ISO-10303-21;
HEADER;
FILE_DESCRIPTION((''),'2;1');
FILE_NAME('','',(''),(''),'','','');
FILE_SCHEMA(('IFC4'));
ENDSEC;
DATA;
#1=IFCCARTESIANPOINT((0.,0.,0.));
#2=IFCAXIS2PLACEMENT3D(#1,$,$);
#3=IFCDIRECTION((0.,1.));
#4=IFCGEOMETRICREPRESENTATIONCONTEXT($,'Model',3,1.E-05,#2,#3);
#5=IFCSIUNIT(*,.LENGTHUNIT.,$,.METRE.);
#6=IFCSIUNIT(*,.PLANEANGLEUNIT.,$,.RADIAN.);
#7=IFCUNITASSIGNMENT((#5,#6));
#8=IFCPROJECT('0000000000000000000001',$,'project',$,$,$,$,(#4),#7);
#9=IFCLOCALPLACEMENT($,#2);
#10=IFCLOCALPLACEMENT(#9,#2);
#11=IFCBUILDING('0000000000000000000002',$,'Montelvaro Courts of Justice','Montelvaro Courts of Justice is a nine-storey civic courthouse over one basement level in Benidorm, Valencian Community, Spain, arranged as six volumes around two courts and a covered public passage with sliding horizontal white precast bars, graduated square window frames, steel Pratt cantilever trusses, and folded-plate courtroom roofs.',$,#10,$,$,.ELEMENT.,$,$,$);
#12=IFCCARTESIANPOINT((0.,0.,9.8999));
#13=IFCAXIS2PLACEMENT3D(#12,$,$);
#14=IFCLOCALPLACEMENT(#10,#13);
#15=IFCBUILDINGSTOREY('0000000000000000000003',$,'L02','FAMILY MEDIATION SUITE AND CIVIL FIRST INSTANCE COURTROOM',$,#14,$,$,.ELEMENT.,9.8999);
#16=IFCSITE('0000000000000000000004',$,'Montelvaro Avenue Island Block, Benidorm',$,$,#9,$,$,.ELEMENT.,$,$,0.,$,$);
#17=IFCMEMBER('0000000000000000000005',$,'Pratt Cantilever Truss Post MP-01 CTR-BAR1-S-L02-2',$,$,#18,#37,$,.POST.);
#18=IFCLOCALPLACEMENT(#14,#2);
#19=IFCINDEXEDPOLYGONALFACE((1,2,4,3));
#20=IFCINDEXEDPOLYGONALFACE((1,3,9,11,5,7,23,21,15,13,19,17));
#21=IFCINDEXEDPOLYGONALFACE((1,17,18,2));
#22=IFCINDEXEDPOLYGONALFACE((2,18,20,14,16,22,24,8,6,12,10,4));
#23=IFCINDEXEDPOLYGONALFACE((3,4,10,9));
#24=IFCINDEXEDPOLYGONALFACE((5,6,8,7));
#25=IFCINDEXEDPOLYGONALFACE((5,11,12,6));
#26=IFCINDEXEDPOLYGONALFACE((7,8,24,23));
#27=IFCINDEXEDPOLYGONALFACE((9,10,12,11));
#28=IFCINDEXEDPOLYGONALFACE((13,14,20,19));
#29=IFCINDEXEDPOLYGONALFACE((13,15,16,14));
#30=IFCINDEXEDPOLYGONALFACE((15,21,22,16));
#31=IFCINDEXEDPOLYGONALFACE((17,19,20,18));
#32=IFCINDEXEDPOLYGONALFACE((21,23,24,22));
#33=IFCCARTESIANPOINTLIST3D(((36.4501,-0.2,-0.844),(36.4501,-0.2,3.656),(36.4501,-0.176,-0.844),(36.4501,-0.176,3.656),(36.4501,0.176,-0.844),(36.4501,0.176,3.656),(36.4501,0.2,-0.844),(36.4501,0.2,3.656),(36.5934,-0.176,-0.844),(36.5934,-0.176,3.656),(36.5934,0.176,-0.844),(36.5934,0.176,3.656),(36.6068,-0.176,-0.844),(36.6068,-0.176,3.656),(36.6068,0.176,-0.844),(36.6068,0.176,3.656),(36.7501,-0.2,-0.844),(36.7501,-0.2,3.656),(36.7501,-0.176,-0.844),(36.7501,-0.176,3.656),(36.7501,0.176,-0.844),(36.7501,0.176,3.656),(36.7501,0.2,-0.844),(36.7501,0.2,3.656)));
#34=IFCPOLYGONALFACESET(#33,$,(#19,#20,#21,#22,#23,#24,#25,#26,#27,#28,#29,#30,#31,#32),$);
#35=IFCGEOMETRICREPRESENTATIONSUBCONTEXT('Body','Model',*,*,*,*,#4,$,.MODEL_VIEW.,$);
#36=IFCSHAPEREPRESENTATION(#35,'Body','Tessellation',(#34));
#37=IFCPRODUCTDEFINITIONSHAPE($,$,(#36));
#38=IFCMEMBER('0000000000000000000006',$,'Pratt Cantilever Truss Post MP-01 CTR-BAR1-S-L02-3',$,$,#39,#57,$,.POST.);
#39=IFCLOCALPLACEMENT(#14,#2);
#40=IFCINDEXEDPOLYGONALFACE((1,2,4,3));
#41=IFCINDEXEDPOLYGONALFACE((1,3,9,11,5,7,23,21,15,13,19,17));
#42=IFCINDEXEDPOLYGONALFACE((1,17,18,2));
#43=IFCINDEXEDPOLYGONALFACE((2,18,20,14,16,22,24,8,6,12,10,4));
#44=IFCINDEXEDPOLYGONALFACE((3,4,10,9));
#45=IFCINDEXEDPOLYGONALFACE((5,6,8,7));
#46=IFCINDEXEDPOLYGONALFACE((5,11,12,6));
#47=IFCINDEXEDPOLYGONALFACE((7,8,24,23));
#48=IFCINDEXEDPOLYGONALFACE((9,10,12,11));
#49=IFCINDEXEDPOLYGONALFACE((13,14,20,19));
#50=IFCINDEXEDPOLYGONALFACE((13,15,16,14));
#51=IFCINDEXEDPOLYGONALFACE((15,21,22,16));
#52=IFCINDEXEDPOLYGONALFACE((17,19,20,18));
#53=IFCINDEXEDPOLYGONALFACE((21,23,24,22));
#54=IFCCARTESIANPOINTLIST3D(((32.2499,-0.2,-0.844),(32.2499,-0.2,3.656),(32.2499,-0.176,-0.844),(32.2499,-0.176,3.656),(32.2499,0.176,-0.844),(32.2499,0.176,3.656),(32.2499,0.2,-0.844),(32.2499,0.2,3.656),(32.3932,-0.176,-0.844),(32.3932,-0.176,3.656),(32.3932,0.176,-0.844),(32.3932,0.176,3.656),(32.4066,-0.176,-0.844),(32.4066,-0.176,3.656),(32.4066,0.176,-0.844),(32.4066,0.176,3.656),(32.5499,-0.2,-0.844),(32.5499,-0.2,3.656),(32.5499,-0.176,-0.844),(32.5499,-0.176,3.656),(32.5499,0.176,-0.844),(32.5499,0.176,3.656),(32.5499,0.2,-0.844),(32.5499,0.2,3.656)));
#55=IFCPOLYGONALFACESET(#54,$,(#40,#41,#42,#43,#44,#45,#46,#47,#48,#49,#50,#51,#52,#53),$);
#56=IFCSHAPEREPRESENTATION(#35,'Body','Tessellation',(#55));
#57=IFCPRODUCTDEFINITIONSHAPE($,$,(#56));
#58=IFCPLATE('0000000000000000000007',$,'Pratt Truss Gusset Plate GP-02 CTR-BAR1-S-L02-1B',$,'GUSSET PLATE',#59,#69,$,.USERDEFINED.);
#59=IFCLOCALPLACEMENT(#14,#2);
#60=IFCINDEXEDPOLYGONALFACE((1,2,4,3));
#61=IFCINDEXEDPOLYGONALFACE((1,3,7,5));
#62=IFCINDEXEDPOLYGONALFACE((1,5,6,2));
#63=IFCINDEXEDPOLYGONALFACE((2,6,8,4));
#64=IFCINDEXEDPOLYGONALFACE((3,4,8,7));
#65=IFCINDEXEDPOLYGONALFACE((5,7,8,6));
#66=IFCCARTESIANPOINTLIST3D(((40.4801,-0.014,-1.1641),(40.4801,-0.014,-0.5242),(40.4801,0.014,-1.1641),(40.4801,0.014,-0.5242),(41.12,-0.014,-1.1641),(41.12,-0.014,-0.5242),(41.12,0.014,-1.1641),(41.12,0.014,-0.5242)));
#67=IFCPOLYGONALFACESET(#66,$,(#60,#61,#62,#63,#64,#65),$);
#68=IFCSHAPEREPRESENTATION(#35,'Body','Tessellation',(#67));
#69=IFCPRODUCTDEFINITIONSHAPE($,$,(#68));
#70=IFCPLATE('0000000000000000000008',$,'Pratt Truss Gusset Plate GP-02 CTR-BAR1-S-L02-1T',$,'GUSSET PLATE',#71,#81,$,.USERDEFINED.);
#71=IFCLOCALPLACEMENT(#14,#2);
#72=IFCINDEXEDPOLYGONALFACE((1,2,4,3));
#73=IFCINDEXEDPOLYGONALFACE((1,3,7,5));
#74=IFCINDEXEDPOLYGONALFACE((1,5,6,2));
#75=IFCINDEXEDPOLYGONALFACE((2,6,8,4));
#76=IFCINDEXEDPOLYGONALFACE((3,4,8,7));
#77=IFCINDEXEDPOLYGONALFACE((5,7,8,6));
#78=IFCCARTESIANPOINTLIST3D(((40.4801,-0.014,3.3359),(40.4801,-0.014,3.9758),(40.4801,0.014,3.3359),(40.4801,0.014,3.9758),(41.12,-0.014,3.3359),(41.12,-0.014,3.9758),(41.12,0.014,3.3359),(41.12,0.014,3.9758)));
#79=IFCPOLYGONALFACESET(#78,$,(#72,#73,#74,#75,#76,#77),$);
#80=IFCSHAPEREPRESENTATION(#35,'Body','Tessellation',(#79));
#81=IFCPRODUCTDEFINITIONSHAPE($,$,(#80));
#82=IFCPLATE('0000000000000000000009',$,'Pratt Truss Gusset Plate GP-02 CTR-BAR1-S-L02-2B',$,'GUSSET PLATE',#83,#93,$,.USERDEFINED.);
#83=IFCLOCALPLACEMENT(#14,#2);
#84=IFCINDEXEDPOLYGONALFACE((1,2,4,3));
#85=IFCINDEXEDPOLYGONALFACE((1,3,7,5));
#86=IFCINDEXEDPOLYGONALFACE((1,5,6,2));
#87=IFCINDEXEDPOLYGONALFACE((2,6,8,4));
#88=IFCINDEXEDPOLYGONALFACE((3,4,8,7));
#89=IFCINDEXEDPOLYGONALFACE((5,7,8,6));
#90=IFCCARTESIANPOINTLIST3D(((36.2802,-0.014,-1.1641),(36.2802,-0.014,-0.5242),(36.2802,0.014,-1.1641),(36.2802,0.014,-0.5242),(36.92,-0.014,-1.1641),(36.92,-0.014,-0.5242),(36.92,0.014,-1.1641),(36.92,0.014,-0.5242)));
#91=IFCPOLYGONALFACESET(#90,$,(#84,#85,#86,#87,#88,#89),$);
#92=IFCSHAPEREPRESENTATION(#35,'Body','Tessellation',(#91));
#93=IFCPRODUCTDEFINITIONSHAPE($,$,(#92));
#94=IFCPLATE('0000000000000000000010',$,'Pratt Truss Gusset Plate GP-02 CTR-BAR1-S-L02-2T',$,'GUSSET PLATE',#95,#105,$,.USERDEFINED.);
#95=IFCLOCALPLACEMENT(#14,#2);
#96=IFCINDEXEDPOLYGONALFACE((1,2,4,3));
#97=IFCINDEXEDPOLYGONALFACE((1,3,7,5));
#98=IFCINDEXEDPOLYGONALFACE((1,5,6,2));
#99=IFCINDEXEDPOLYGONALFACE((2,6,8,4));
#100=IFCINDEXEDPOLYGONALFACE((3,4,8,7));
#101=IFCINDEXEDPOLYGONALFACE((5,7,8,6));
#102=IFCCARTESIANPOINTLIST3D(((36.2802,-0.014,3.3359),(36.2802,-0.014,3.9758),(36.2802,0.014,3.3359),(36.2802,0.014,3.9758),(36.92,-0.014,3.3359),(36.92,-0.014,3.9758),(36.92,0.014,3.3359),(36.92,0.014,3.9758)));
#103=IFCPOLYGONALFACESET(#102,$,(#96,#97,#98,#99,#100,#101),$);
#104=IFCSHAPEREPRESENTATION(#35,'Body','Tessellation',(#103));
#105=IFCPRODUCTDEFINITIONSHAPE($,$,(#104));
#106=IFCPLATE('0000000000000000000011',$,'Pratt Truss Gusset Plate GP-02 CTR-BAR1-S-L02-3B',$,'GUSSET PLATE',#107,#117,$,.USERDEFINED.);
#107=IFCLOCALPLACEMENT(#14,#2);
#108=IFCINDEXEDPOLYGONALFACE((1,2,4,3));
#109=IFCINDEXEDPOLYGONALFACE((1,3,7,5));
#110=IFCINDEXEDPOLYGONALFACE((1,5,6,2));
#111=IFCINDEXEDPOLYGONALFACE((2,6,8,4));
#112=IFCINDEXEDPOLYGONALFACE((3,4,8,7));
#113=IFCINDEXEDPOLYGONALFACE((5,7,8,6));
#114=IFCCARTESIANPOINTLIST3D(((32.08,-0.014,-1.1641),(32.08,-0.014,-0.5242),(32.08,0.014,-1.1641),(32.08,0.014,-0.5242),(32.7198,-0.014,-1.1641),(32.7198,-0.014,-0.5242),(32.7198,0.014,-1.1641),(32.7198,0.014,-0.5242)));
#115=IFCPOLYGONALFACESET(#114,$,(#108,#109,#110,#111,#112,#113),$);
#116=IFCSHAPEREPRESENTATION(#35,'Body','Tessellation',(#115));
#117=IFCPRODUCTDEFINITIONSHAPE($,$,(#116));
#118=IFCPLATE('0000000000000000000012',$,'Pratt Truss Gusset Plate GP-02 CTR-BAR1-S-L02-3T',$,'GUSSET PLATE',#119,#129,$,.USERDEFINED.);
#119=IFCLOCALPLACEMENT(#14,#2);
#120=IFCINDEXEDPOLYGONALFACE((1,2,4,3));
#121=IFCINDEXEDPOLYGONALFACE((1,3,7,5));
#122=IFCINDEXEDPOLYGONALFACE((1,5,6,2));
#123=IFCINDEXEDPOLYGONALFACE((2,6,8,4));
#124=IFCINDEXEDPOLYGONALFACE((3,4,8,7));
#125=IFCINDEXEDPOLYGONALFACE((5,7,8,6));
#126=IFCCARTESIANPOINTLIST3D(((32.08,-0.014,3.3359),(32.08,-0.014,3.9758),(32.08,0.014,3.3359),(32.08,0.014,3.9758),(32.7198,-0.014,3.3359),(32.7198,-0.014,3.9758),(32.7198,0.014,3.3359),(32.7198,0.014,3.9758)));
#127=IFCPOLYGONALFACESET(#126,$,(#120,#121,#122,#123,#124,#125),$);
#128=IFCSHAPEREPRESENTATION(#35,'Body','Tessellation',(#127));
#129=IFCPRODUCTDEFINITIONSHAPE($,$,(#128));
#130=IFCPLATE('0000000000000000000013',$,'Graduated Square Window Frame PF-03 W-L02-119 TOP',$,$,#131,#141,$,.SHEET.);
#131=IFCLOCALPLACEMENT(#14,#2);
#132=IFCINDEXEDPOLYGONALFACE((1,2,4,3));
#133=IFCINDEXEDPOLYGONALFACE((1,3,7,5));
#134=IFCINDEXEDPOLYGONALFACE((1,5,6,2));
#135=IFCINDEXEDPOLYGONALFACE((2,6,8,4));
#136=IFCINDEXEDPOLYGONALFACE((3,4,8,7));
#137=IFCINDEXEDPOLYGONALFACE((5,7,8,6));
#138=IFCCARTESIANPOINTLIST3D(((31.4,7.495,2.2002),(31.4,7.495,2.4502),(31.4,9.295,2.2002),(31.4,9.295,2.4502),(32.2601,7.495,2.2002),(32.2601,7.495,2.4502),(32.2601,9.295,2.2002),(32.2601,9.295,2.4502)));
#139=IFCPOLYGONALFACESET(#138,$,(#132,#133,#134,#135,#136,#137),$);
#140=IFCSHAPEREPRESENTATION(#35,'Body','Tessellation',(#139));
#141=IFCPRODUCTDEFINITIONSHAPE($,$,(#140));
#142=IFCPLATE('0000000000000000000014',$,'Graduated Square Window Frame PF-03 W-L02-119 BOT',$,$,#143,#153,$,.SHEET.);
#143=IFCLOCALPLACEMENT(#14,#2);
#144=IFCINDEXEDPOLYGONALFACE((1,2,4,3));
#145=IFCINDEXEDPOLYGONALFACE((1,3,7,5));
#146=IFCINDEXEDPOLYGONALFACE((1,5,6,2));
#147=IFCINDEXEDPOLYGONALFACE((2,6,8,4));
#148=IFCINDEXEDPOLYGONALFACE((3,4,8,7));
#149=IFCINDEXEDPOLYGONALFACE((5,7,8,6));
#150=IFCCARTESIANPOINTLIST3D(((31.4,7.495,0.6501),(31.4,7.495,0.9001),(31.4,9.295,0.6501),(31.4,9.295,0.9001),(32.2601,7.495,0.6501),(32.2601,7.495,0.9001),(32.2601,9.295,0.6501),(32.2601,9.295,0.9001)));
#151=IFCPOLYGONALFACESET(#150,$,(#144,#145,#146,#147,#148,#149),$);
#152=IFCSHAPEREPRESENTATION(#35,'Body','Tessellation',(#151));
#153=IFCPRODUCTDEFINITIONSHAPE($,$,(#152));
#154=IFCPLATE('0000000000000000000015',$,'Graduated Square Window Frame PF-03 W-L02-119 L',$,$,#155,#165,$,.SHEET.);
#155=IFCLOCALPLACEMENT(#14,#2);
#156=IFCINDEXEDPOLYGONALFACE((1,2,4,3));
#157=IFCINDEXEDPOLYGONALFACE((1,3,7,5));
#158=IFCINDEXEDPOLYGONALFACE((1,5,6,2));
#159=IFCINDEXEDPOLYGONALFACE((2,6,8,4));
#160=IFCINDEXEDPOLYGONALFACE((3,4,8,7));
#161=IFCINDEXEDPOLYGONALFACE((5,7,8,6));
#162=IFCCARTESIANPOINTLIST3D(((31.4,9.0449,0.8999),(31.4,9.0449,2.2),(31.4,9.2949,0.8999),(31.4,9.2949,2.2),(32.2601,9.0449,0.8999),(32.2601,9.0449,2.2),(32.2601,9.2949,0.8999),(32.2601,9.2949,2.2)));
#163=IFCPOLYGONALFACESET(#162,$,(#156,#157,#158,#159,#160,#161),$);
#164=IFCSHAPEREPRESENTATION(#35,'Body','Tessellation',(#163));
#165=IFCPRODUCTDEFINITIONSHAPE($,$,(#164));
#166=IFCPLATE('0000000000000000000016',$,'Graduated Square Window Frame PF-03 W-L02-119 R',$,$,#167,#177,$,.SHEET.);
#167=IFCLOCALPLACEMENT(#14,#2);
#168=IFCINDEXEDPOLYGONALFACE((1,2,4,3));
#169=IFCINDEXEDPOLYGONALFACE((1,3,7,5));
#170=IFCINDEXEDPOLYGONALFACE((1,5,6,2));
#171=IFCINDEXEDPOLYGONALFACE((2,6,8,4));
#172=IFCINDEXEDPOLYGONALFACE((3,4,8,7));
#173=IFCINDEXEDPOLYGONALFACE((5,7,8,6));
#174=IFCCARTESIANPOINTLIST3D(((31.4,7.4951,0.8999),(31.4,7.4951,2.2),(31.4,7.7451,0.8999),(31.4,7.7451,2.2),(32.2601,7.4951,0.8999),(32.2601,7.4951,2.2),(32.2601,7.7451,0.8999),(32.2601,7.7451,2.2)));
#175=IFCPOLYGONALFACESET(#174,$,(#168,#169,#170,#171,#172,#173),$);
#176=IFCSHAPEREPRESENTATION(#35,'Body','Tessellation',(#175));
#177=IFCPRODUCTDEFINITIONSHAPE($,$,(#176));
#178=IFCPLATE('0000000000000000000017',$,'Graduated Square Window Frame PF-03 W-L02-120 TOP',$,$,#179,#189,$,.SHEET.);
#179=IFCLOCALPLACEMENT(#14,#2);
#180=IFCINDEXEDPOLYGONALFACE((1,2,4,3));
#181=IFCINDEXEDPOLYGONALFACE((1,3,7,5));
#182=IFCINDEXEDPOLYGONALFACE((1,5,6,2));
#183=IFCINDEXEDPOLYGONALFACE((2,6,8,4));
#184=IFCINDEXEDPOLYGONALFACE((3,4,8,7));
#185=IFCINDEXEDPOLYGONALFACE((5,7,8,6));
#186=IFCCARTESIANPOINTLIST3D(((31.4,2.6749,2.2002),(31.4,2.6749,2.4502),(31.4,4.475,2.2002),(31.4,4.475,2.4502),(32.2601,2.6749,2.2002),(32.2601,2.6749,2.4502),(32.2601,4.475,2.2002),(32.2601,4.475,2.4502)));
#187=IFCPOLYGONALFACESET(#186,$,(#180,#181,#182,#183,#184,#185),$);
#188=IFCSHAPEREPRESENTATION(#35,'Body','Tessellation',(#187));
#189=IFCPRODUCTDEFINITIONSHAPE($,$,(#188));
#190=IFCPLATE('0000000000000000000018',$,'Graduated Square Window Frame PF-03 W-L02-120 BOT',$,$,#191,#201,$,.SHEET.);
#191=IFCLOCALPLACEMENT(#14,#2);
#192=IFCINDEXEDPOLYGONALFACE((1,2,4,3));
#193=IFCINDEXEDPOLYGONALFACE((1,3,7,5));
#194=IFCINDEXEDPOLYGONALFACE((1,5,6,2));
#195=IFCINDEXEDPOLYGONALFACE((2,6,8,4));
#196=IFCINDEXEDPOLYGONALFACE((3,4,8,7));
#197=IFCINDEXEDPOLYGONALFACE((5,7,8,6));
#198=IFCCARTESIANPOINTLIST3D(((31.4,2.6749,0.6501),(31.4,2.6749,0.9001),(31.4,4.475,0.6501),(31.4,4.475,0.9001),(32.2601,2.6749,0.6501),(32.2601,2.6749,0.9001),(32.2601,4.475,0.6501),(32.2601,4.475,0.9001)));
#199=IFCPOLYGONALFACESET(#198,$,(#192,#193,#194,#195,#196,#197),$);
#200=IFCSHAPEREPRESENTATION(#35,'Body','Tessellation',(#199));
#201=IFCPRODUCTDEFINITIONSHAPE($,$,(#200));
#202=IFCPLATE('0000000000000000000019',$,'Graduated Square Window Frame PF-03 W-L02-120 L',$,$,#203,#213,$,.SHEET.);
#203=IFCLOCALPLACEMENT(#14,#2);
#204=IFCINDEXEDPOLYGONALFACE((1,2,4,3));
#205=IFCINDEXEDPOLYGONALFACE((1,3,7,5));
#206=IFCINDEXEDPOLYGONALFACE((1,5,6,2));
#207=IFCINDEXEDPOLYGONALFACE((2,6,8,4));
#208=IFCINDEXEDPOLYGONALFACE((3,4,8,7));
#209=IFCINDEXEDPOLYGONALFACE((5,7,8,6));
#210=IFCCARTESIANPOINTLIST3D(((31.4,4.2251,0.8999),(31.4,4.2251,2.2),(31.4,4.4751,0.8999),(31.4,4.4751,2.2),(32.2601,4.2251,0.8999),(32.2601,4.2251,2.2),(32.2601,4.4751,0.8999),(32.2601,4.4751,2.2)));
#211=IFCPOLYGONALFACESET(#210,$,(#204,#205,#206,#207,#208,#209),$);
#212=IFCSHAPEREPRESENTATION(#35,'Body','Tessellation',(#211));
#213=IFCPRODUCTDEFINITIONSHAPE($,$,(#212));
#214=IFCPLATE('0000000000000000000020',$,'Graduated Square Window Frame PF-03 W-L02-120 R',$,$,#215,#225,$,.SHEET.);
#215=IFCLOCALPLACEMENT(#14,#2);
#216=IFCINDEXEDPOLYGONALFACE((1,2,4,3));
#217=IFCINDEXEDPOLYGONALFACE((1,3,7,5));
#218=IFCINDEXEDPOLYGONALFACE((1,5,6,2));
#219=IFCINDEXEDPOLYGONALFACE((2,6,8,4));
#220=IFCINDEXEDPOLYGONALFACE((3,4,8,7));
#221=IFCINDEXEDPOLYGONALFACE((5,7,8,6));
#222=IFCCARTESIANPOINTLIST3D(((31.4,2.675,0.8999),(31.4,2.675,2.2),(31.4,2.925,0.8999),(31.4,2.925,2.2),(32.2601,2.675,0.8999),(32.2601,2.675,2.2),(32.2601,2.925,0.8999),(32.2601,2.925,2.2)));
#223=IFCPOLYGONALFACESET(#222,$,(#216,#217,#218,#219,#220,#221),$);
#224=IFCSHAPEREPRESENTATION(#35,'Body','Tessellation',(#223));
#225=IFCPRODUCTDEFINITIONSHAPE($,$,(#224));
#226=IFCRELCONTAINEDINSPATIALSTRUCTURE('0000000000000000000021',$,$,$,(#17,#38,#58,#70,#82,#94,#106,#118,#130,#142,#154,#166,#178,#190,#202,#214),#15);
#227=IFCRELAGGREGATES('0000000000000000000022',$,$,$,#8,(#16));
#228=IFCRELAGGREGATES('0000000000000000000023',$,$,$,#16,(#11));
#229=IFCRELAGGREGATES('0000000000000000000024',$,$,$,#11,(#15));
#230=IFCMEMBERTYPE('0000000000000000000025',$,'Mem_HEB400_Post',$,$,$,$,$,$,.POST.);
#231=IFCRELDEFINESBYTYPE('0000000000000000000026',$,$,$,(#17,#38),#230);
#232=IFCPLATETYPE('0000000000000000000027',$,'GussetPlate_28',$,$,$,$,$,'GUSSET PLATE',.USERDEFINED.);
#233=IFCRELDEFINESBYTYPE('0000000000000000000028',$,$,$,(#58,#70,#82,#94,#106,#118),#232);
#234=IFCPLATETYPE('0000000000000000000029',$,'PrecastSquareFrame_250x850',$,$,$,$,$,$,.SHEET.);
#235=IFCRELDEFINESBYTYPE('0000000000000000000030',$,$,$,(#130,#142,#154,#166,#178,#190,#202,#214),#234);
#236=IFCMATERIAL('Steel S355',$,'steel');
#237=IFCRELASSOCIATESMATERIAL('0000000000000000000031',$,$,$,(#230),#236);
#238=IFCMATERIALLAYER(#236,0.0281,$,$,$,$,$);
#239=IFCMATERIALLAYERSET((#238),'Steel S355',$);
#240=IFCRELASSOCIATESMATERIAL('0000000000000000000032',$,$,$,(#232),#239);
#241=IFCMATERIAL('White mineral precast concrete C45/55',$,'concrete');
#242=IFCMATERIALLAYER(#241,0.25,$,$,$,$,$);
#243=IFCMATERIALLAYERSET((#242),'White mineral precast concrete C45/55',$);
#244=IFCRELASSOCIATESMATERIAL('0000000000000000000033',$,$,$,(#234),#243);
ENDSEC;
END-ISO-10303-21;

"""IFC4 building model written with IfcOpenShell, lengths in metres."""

from ifc_helpers import new_model, si_unit, direction, frame, origin, origin_2d, place, context, subcontext, project, spatial, rectangle, i_section, extrude, material, layer, layer_set, material_profile, profile_set, type_object, element, save


model = new_model("IFC4")

# Units and contexts
model_context = context("Model", 3, precision=1e-05, world=origin(), true_north=direction((0.0, 1.0)))
body_context = subcontext(model_context, "Body", "Model", "MODEL_VIEW")
ifc_project = project(units=[si_unit("LENGTHUNIT", "METRE"), si_unit("PLANEANGLEUNIT", "RADIAN")], contexts=[model_context])

# Site, building, storey
site_placement = place(None, origin())
site = spatial("IfcSite", under=ifc_project, at=site_placement, Name="Montelvaro Avenue Island Block, Benidorm", CompositionType="ELEMENT", RefElevation=0.0)
building_placement = place(site_placement, origin())
building = spatial("IfcBuilding", under=site, at=building_placement, Name="Montelvaro Courts of Justice", Description="Montelvaro Courts of Justice is a nine-storey civic courthouse over one basement level in Benidorm, Valencian Community, Spain, arranged as six volumes around two courts and a covered public passage with sliding horizontal white precast bars, graduated square window frames, steel Pratt cantilever trusses, and folded-plate courtroom roofs.", CompositionType="ELEMENT")
storey_placement = place(building_placement, frame((0.0, 0.0, 9.8999)))
storey = spatial("IfcBuildingStorey", under=building, at=storey_placement, Name="L02", Description="FAMILY MEDIATION SUITE AND CIVIL FIRST INSTANCE COURTROOM", CompositionType="ELEMENT", Elevation=9.8999)

# Shared definitions
ifc_material_1 = material(Name="Steel S355", Category="steel")

# Members
ifc_material_profile_1 = material_profile(ifc_material_1, i_section(OverallWidth=0.3, OverallDepth=0.3999, WebThickness=0.0134, FlangeThickness=0.0239, at=origin_2d()), Name="HEB 400")
ifc_profile_set_1 = profile_set([ifc_material_profile_1], Name="Steel S355")
member_type_1 = type_object("IfcMemberType", Name="Mem_HEB400_Post", PredefinedType="POST", material=ifc_profile_set_1)
for number, where, z_axis, x_axis, name in (
    (1, (36.6001, 0.0, -0.844), (0.0, 0.0, 1.0), (1.0, 0.0, 0.0), "Pratt Cantilever Truss Post MP-01 CTR-BAR1-S-L02-2"),
    (2, (32.3999, 0.0, -0.844), (0.0, 0.0, 1.0), (1.0, 0.0, 0.0), "Pratt Cantilever Truss Post MP-01 CTR-BAR1-S-L02-3"),
):
    element("IfcMember", number, at=place(storey_placement, frame(where, z_axis=z_axis, x_axis=x_axis)), inside=storey, type_object=member_type_1, Name=name, PredefinedType="POST", context=body_context, shape_type="SweptSolid", body=[
        extrude(i_section(OverallWidth=0.3, OverallDepth=0.3999, WebThickness=0.0134, FlangeThickness=0.0239, at=origin_2d()), origin(), (0.0, 0.0, 1.0), 4.5),
    ])

# Plates
ifc_layer_1 = layer(ifc_material_1, 0.0281)
ifc_layer_set_1 = layer_set([ifc_layer_1], Name="Steel S355")
plate_type_1 = type_object("IfcPlateType", Name="GussetPlate_28", ElementType="GUSSET PLATE", PredefinedType="USERDEFINED", material=ifc_layer_set_1)
for number, where, z_axis, x_axis, name in (
    (3, (40.8, 0.0, -1.1641), (0.0, 0.0, 1.0), (1.0, 0.0, 0.0), "Pratt Truss Gusset Plate GP-02 CTR-BAR1-S-L02-1B"),
    (4, (40.8, 0.0, 3.3359), (0.0, 0.0, 1.0), (1.0, 0.0, 0.0), "Pratt Truss Gusset Plate GP-02 CTR-BAR1-S-L02-1T"),
    (5, (36.6001, 0.0, -1.1641), (0.0, 0.0, 1.0), (1.0, 0.0, 0.0), "Pratt Truss Gusset Plate GP-02 CTR-BAR1-S-L02-2B"),
    (6, (36.6001, 0.0, 3.3359), (0.0, 0.0, 1.0), (1.0, 0.0, 0.0), "Pratt Truss Gusset Plate GP-02 CTR-BAR1-S-L02-2T"),
    (7, (32.3999, 0.0, -1.1641), (0.0, 0.0, 1.0), (1.0, 0.0, 0.0), "Pratt Truss Gusset Plate GP-02 CTR-BAR1-S-L02-3B"),
    (8, (32.3999, 0.0, 3.3359), (0.0, 0.0, 1.0), (1.0, 0.0, 0.0), "Pratt Truss Gusset Plate GP-02 CTR-BAR1-S-L02-3T"),
):
    element("IfcPlate", number, at=place(storey_placement, frame(where, z_axis=z_axis, x_axis=x_axis)), inside=storey, type_object=plate_type_1, Name=name, ObjectType="GUSSET PLATE", PredefinedType="USERDEFINED", context=body_context, shape_type="SweptSolid", body=[
        extrude(rectangle(XDim=0.6399, YDim=0.0281, at=origin_2d()), origin(), (0.0, 0.0, 1.0), 0.6399),
    ])
ifc_material_2 = material(Name="White mineral precast concrete C45/55", Category="concrete")
ifc_layer_2 = layer(ifc_material_2, 0.25)
ifc_layer_set_2 = layer_set([ifc_layer_2], Name="White mineral precast concrete C45/55")
plate_type_2 = type_object("IfcPlateType", Name="PrecastSquareFrame_250x850", PredefinedType="SHEET", material=ifc_layer_set_2)
for number, where, z_axis, x_axis, name in (
    (9, (31.8301, 8.395, 2.2002), (0.0, 0.0, 1.0), (0.0, -1.0, 0.0), "Graduated Square Window Frame PF-03 W-L02-119 TOP"),
    (10, (31.8301, 8.395, 0.6501), (0.0, 0.0, 1.0), (0.0, -1.0, 0.0), "Graduated Square Window Frame PF-03 W-L02-119 BOT"),
):
    element("IfcPlate", number, at=place(storey_placement, frame(where, z_axis=z_axis, x_axis=x_axis)), inside=storey, type_object=plate_type_2, Name=name, PredefinedType="SHEET", context=body_context, shape_type="SweptSolid", body=[
        extrude(rectangle(XDim=1.8, YDim=0.8601, at=origin_2d()), origin(), (0.0, 0.0, 1.0), 0.25),
    ])
for number, where, z_axis, x_axis, name in (
    (11, (31.8301, 9.1699, 0.8999), (0.0, 0.0, 1.0), (0.0, -1.0, 0.0), "Graduated Square Window Frame PF-03 W-L02-119 L"),
    (12, (31.8301, 7.6201, 0.8999), (0.0, 0.0, 1.0), (0.0, -1.0, 0.0), "Graduated Square Window Frame PF-03 W-L02-119 R"),
):
    element("IfcPlate", number, at=place(storey_placement, frame(where, z_axis=z_axis, x_axis=x_axis)), inside=storey, type_object=plate_type_2, Name=name, PredefinedType="SHEET", context=body_context, shape_type="SweptSolid", body=[
        extrude(rectangle(XDim=0.25, YDim=0.8601, at=origin_2d()), origin(), (0.0, 0.0, 1.0), 1.3),
    ])
for number, where, z_axis, x_axis, name in (
    (13, (31.8301, 3.575, 2.2002), (0.0, 0.0, 1.0), (0.0, -1.0, 0.0), "Graduated Square Window Frame PF-03 W-L02-120 TOP"),
    (14, (31.8301, 3.575, 0.6501), (0.0, 0.0, 1.0), (0.0, -1.0, 0.0), "Graduated Square Window Frame PF-03 W-L02-120 BOT"),
):
    element("IfcPlate", number, at=place(storey_placement, frame(where, z_axis=z_axis, x_axis=x_axis)), inside=storey, type_object=plate_type_2, Name=name, PredefinedType="SHEET", context=body_context, shape_type="SweptSolid", body=[
        extrude(rectangle(XDim=1.8, YDim=0.8601, at=origin_2d()), origin(), (0.0, 0.0, 1.0), 0.25),
    ])
for number, where, z_axis, x_axis, name in (
    (15, (31.8301, 4.3501, 0.8999), (0.0, 0.0, 1.0), (0.0, -1.0, 0.0), "Graduated Square Window Frame PF-03 W-L02-120 L"),
    (16, (31.8301, 2.8, 0.8999), (0.0, 0.0, 1.0), (0.0, -1.0, 0.0), "Graduated Square Window Frame PF-03 W-L02-120 R"),
):
    element("IfcPlate", number, at=place(storey_placement, frame(where, z_axis=z_axis, x_axis=x_axis)), inside=storey, type_object=plate_type_2, Name=name, PredefinedType="SHEET", context=body_context, shape_type="SweptSolid", body=[
        extrude(rectangle(XDim=0.25, YDim=0.8601, at=origin_2d()), origin(), (0.0, 0.0, 1.0), 1.3),
    ])

save(model, "model.ifc")
